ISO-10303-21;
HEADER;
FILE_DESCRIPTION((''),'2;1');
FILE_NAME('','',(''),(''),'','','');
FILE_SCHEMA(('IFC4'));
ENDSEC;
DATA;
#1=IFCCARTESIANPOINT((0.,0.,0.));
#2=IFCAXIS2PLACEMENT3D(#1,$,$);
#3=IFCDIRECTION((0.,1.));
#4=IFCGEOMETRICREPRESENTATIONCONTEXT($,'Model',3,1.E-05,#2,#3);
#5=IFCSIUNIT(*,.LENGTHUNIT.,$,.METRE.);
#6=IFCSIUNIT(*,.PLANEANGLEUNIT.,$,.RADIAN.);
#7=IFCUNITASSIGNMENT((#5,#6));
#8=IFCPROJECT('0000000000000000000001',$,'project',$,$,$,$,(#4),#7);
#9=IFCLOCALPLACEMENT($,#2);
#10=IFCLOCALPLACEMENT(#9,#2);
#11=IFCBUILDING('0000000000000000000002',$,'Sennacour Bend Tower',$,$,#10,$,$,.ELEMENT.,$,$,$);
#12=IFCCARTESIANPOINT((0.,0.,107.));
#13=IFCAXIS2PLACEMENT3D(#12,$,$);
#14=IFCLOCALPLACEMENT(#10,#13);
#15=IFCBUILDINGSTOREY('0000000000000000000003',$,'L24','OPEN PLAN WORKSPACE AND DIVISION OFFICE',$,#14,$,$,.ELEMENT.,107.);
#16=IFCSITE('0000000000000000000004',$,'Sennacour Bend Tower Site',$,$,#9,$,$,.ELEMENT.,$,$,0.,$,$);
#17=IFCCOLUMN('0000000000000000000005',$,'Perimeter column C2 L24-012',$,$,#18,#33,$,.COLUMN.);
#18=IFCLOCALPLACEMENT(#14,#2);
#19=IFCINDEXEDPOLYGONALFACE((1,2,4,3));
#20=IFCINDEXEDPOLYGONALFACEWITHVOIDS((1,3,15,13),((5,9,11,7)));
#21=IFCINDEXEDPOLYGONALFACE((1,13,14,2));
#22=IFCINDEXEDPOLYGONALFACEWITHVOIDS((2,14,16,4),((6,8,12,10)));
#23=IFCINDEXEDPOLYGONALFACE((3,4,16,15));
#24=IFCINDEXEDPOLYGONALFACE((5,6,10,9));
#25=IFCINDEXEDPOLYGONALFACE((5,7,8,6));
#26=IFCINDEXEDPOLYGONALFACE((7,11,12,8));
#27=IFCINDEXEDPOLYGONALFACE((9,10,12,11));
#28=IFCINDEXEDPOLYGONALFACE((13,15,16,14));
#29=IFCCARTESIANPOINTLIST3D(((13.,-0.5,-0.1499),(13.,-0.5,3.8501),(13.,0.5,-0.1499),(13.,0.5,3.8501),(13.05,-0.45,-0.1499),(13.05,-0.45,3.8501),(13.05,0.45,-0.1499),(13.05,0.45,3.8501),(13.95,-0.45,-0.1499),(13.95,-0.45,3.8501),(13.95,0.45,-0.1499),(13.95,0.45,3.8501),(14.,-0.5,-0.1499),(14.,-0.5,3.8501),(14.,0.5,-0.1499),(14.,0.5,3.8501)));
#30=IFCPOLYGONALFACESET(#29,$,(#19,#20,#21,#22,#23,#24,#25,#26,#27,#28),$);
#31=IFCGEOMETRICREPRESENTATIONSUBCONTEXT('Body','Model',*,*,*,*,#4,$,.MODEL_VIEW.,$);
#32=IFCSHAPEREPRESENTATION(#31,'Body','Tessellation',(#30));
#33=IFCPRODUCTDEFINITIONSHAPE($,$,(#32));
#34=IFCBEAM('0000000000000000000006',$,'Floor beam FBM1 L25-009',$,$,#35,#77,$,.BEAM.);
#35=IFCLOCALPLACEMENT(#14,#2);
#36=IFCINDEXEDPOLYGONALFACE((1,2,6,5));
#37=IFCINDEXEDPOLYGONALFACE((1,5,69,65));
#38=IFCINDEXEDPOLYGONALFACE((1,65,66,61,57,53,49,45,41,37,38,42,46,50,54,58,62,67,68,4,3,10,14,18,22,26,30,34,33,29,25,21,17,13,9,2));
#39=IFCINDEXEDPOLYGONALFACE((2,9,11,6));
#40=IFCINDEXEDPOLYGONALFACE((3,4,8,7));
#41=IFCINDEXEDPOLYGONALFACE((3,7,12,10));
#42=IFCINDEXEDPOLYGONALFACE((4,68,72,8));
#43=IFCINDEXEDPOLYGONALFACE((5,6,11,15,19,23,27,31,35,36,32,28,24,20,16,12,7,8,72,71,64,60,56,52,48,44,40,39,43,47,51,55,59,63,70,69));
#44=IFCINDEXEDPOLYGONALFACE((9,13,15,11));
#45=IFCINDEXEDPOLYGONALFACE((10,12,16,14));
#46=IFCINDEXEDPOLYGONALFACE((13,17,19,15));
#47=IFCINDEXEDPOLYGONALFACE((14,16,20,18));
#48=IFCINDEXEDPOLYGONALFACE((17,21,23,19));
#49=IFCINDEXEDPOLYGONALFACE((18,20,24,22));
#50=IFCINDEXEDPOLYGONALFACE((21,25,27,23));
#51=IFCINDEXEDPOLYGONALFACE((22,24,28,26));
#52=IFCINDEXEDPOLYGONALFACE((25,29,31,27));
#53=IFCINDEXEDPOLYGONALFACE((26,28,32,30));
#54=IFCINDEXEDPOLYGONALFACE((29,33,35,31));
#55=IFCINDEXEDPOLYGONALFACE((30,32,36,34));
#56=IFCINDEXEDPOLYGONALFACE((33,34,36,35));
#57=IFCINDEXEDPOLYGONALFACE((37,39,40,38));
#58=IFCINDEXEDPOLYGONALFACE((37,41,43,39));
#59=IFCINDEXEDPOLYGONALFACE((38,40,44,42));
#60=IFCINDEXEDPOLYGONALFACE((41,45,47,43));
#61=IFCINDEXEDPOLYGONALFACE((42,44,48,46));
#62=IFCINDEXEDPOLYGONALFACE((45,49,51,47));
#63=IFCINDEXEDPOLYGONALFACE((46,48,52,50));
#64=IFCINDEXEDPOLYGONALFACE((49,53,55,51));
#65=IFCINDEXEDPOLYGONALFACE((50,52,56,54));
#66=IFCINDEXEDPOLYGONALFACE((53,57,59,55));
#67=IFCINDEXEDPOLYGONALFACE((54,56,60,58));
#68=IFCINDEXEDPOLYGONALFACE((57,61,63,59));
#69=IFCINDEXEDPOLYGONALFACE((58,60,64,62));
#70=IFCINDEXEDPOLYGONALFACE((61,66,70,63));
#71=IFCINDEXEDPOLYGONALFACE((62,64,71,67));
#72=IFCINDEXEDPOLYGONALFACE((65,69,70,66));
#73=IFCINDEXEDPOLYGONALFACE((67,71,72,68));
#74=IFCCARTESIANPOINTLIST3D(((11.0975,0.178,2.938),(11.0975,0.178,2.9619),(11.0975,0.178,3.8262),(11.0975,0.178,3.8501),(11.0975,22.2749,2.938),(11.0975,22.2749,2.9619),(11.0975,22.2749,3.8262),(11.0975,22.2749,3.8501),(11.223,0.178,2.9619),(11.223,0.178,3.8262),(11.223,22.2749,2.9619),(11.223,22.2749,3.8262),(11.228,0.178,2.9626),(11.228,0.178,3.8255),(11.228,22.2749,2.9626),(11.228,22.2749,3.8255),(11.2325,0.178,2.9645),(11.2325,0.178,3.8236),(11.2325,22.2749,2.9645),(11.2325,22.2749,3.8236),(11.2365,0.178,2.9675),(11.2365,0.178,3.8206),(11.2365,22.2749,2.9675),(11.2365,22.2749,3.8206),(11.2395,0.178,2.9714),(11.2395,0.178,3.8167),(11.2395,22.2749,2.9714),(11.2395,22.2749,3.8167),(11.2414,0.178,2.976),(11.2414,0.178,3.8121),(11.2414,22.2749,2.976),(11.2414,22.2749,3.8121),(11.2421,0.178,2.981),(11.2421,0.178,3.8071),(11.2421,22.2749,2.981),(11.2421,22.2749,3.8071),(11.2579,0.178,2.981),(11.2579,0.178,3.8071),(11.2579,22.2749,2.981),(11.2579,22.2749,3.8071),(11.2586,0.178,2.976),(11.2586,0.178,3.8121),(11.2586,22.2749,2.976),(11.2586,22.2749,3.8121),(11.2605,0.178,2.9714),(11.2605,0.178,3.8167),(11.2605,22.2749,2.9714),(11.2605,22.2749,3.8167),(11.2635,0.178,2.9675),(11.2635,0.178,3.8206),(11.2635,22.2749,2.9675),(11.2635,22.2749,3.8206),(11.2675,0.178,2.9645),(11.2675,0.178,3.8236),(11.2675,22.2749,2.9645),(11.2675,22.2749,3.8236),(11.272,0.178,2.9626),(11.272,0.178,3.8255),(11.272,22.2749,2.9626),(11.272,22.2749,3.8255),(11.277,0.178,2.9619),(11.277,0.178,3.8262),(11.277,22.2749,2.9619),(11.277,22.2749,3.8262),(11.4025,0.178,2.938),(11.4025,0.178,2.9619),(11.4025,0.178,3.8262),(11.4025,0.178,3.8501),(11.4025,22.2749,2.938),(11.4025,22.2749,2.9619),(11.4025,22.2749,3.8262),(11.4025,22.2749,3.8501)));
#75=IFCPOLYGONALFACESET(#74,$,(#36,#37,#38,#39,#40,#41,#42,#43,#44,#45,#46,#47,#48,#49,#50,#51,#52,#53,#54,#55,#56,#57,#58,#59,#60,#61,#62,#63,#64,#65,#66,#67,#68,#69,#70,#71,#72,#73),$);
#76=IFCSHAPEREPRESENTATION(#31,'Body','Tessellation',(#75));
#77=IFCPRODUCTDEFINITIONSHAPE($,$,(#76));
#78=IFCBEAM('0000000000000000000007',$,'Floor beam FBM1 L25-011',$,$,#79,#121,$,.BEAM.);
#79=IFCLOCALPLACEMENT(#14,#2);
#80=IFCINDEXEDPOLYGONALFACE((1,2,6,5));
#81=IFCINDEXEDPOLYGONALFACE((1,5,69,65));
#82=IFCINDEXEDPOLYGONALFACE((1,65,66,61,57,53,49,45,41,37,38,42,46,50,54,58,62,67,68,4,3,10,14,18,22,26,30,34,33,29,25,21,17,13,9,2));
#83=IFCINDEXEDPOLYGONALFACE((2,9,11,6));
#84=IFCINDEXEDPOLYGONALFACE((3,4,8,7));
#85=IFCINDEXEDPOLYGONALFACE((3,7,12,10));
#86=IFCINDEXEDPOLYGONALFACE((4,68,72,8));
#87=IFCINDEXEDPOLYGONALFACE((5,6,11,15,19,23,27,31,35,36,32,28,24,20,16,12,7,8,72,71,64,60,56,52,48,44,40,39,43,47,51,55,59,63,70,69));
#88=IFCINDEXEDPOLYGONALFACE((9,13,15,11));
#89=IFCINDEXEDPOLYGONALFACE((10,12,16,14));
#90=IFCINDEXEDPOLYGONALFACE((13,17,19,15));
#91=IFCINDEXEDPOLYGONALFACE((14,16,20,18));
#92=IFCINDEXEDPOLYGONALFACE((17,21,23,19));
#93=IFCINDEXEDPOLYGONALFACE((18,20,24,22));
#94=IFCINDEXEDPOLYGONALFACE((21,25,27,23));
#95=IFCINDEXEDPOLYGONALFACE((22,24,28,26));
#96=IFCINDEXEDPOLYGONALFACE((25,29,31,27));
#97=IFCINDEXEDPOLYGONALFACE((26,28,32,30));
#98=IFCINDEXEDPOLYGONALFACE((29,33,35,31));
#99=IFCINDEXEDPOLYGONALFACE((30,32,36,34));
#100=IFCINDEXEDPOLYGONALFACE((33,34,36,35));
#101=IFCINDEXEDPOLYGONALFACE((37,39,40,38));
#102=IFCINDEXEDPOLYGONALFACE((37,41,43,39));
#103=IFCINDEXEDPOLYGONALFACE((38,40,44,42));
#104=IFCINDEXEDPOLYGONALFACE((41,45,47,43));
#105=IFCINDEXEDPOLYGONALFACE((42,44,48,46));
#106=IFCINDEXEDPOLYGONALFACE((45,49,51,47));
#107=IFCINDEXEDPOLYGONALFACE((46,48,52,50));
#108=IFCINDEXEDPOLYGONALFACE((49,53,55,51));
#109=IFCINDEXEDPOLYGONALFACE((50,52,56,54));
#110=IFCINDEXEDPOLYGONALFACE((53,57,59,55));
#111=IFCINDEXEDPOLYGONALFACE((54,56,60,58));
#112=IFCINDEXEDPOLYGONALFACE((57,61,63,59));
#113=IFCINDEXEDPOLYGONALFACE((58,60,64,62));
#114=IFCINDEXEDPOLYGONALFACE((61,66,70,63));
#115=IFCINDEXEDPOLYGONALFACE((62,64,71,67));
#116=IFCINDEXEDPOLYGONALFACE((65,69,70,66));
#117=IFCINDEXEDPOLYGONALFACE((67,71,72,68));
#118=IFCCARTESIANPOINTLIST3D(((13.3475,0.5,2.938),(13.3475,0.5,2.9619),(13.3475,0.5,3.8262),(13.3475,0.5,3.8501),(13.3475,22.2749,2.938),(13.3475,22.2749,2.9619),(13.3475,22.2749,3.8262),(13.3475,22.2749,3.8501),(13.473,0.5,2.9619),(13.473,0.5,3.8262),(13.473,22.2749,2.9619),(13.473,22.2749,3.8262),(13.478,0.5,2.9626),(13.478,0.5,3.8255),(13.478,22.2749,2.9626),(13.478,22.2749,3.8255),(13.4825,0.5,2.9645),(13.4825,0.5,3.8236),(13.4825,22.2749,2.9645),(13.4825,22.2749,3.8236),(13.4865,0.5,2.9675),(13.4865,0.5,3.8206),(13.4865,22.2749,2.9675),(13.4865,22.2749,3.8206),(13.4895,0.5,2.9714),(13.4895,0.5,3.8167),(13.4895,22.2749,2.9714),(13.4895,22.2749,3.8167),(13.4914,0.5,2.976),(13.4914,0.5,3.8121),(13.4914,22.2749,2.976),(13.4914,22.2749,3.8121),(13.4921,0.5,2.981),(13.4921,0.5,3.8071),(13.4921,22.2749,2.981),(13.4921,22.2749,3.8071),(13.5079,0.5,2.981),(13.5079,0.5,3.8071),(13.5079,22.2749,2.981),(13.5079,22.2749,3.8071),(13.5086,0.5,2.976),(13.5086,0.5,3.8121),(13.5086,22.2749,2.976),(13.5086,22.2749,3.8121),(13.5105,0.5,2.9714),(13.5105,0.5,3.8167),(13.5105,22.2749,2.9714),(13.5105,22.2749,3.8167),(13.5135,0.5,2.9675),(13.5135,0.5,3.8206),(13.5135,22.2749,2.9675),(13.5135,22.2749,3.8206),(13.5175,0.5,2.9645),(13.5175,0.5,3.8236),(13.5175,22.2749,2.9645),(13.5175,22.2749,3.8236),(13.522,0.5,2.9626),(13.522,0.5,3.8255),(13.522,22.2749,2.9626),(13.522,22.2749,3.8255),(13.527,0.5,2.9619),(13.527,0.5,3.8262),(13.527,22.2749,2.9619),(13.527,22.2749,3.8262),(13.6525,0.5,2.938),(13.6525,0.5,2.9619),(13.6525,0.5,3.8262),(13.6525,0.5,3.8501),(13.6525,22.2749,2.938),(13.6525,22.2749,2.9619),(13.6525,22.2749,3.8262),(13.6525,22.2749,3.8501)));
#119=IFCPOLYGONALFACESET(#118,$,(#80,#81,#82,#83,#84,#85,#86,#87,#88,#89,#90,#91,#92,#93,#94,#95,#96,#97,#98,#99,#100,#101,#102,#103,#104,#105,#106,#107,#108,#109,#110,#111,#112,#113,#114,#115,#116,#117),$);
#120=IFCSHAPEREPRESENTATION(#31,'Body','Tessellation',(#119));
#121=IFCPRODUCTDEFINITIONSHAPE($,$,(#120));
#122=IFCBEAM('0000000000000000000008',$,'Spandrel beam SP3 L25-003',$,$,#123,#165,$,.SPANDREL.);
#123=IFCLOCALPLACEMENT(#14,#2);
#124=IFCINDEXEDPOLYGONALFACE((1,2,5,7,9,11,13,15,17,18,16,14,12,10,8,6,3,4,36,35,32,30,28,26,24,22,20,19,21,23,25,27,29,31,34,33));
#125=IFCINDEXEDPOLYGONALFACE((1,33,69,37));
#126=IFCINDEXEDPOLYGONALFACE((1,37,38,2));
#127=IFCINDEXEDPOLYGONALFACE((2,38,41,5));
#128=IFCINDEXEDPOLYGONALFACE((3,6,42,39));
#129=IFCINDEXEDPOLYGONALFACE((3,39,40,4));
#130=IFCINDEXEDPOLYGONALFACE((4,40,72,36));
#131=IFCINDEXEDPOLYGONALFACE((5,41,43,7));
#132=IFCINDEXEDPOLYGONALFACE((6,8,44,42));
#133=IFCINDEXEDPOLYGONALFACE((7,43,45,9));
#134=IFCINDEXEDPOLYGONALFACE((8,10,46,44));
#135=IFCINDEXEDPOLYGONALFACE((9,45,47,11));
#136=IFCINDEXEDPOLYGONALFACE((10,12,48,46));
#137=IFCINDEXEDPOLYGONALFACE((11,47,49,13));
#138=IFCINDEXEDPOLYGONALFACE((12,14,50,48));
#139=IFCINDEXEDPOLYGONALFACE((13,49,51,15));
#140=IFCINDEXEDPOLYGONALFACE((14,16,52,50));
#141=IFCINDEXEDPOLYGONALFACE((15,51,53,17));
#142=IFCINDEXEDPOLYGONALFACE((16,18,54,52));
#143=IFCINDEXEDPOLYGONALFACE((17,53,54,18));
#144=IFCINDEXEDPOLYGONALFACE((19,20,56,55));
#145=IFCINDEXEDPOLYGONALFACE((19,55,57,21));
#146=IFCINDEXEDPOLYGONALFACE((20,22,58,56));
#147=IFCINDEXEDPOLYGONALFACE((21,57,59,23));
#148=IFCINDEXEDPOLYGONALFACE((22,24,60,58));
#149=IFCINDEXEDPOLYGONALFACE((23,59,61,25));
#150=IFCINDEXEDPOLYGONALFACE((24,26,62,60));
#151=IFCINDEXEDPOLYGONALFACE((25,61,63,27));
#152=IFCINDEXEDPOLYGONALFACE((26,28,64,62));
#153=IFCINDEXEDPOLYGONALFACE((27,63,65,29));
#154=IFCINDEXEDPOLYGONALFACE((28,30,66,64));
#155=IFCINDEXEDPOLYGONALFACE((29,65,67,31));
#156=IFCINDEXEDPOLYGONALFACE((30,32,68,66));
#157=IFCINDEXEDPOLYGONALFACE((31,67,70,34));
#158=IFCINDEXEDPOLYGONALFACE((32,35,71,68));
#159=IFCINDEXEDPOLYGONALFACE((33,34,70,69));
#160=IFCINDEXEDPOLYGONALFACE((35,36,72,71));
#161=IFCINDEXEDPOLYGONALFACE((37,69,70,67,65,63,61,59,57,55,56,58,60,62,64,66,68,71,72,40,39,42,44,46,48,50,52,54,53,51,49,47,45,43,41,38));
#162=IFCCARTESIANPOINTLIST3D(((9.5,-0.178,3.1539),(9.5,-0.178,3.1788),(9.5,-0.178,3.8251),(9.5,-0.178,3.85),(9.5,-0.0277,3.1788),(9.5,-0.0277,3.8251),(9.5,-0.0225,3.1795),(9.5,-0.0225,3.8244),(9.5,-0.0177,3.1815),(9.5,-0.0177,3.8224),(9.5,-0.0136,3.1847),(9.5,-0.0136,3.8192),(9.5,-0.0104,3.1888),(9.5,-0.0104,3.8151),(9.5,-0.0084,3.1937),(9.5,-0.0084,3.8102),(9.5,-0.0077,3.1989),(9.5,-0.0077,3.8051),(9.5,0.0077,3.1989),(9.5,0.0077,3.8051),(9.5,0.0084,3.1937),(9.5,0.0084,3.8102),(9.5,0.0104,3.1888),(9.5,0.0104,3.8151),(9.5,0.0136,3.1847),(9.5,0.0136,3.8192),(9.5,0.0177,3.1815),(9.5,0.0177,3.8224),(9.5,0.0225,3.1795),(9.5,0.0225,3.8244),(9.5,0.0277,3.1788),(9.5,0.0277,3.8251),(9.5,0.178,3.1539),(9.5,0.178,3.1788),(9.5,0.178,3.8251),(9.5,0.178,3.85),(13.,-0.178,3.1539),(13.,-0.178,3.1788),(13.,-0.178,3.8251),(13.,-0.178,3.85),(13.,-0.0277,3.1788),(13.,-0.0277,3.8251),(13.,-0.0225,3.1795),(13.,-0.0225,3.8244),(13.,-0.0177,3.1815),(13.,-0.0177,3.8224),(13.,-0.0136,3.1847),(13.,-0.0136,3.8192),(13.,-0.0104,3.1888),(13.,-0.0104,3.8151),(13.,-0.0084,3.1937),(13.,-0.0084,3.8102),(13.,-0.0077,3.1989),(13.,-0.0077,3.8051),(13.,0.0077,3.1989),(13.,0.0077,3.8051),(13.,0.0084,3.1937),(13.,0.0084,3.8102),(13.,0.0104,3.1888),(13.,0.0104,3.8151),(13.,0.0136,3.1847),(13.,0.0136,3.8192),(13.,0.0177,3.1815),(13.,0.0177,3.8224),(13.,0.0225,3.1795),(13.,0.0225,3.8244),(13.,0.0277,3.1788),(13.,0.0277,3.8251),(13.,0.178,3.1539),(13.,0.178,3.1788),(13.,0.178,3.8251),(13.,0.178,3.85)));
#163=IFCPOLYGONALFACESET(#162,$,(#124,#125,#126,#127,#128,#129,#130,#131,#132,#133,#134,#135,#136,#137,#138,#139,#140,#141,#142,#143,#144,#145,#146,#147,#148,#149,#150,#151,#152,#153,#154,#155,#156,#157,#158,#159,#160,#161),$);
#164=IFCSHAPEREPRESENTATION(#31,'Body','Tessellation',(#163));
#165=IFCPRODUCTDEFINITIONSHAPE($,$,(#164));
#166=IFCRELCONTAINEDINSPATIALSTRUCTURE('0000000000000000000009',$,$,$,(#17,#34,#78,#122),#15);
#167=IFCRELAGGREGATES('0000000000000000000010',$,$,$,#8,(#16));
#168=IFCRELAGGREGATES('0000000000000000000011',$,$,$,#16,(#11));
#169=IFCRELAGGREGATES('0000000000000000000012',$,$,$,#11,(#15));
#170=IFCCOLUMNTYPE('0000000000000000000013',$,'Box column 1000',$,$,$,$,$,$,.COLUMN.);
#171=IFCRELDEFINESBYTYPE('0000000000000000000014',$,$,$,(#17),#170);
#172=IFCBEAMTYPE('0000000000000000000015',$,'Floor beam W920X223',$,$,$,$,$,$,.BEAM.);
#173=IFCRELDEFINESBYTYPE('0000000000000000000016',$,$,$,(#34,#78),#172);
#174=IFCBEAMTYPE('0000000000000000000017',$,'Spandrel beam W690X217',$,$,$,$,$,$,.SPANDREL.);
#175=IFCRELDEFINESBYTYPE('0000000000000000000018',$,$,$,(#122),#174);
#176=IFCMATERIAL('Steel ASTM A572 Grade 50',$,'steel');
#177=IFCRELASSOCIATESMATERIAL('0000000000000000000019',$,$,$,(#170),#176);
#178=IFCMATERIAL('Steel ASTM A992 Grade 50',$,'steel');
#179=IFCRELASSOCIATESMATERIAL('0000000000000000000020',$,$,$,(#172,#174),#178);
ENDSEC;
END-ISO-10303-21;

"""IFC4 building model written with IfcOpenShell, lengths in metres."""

from ifc_helpers import new_model, si_unit, direction, frame, origin, origin_2d, place, context, subcontext, project, spatial, hollow_rectangle, i_section, extrude, material, material_profile, profile_set, type_object, element, save


model = new_model("IFC4")

# Units and contexts
model_context = context("Model", 3, precision=1e-05, world=origin(), true_north=direction((0.0, 1.0)))
body_context = subcontext(model_context, "Body", "Model", "MODEL_VIEW")
ifc_project = project(units=[si_unit("LENGTHUNIT", "METRE"), si_unit("PLANEANGLEUNIT", "RADIAN")], contexts=[model_context])

# Site, building, storey
site_placement = place(None, origin())
site = spatial("IfcSite", under=ifc_project, at=site_placement, Name="Sennacour Bend Tower Site", CompositionType="ELEMENT", RefElevation=0.0)
building_placement = place(site_placement, origin())
building = spatial("IfcBuilding", under=site, at=building_placement, Name="Sennacour Bend Tower", CompositionType="ELEMENT")
storey_placement = place(building_placement, frame((0.0, 0.0, 107.0)))
storey = spatial("IfcBuildingStorey", under=building, at=storey_placement, Name="L24", Description="OPEN PLAN WORKSPACE AND DIVISION OFFICE", CompositionType="ELEMENT", Elevation=107.0)

# Column
ifc_material_1 = material(Name="Steel ASTM A572 Grade 50", Category="steel")
ifc_material_profile_1 = material_profile(ifc_material_1, hollow_rectangle(XDim=1.0, YDim=1.0, WallThickness=0.05, at=origin_2d()), Name="Steel ASTM A572 Grade 50", Category="steel")
ifc_profile_set_1 = profile_set([ifc_material_profile_1], Name="Steel ASTM A572 Grade 50")
column_type = type_object("IfcColumnType", Name="Box column 1000", PredefinedType="COLUMN", material=ifc_profile_set_1)
column_placement = place(storey_placement, frame((13.5, 0.0, -0.1499), z_axis=(0.0, 0.0, 1.0), x_axis=(1.0, 0.0, 0.0)))
element("IfcColumn", 1, at=column_placement, inside=storey, type_object=column_type, Name="Perimeter column C2 L24-012", PredefinedType="COLUMN", context=body_context, shape_type="SweptSolid", body=[
    extrude(hollow_rectangle(XDim=1.0, YDim=1.0, WallThickness=0.05, at=origin_2d()), origin(), (0.0, 0.0, 1.0), 4.0),
])

# Beams
ifc_material_2 = material(Name="Steel ASTM A992 Grade 50", Category="steel")
ifc_material_profile_2 = material_profile(ifc_material_2, i_section(OverallWidth=0.3049, OverallDepth=0.9121, WebThickness=0.0159, FlangeThickness=0.0239, FilletRadius=0.019, at=origin_2d()), Name="Steel ASTM A992 Grade 50", Category="steel")
ifc_profile_set_2 = profile_set([ifc_material_profile_2], Name="Steel ASTM A992 Grade 50")
beam_type_1 = type_object("IfcBeamType", Name="Floor beam W920X223", PredefinedType="BEAM", material=ifc_profile_set_2)
beam_1_placement = place(storey_placement, frame((11.25, 0.178, 3.394), z_axis=(0.0, 1.0, 0.0), x_axis=(-1.0, 0.0, 0.0)))
element("IfcBeam", 2, at=beam_1_placement, inside=storey, type_object=beam_type_1, Name="Floor beam FBM1 L25-009", PredefinedType="BEAM", context=body_context, shape_type="SweptSolid", body=[
    extrude(i_section(OverallWidth=0.3049, OverallDepth=0.9121, WebThickness=0.0159, FlangeThickness=0.0239, FilletRadius=0.019, at=origin_2d()), origin(), (0.0, 0.0, 1.0), 22.0969),
])
beam_2_placement = place(storey_placement, frame((13.5, 0.5, 3.394), z_axis=(0.0, 1.0, 0.0), x_axis=(-1.0, 0.0, 0.0)))
element("IfcBeam", 3, at=beam_2_placement, inside=storey, type_object=beam_type_1, Name="Floor beam FBM1 L25-011", PredefinedType="BEAM", context=body_context, shape_type="SweptSolid", body=[
    extrude(i_section(OverallWidth=0.3049, OverallDepth=0.9121, WebThickness=0.0159, FlangeThickness=0.0239, FilletRadius=0.019, at=origin_2d()), origin(), (0.0, 0.0, 1.0), 21.7749),
])
ifc_material_profile_3 = material_profile(ifc_material_2, i_section(OverallWidth=0.356, OverallDepth=0.696, WebThickness=0.0154, FlangeThickness=0.0249, FilletRadius=0.02, at=origin_2d()), Name="Steel ASTM A992 Grade 50", Category="steel")
ifc_profile_set_3 = profile_set([ifc_material_profile_3], Name="Steel ASTM A992 Grade 50")
beam_type_2 = type_object("IfcBeamType", Name="Spandrel beam W690X217", PredefinedType="SPANDREL", material=ifc_profile_set_3)
beam_3_placement = place(storey_placement, frame((13.0, 0.0, 3.502), z_axis=(-1.0, 0.0, 0.0), x_axis=(0.0, -1.0, 0.0)))
element("IfcBeam", 4, at=beam_3_placement, inside=storey, type_object=beam_type_2, Name="Spandrel beam SP3 L25-003", PredefinedType="SPANDREL", context=body_context, shape_type="SweptSolid", body=[
    extrude(i_section(OverallWidth=0.356, OverallDepth=0.696, WebThickness=0.0154, FlangeThickness=0.0249, FilletRadius=0.02, at=origin_2d()), origin(), (0.0, 0.0, 1.0), 3.5),
])

save(model, "model.ifc")
